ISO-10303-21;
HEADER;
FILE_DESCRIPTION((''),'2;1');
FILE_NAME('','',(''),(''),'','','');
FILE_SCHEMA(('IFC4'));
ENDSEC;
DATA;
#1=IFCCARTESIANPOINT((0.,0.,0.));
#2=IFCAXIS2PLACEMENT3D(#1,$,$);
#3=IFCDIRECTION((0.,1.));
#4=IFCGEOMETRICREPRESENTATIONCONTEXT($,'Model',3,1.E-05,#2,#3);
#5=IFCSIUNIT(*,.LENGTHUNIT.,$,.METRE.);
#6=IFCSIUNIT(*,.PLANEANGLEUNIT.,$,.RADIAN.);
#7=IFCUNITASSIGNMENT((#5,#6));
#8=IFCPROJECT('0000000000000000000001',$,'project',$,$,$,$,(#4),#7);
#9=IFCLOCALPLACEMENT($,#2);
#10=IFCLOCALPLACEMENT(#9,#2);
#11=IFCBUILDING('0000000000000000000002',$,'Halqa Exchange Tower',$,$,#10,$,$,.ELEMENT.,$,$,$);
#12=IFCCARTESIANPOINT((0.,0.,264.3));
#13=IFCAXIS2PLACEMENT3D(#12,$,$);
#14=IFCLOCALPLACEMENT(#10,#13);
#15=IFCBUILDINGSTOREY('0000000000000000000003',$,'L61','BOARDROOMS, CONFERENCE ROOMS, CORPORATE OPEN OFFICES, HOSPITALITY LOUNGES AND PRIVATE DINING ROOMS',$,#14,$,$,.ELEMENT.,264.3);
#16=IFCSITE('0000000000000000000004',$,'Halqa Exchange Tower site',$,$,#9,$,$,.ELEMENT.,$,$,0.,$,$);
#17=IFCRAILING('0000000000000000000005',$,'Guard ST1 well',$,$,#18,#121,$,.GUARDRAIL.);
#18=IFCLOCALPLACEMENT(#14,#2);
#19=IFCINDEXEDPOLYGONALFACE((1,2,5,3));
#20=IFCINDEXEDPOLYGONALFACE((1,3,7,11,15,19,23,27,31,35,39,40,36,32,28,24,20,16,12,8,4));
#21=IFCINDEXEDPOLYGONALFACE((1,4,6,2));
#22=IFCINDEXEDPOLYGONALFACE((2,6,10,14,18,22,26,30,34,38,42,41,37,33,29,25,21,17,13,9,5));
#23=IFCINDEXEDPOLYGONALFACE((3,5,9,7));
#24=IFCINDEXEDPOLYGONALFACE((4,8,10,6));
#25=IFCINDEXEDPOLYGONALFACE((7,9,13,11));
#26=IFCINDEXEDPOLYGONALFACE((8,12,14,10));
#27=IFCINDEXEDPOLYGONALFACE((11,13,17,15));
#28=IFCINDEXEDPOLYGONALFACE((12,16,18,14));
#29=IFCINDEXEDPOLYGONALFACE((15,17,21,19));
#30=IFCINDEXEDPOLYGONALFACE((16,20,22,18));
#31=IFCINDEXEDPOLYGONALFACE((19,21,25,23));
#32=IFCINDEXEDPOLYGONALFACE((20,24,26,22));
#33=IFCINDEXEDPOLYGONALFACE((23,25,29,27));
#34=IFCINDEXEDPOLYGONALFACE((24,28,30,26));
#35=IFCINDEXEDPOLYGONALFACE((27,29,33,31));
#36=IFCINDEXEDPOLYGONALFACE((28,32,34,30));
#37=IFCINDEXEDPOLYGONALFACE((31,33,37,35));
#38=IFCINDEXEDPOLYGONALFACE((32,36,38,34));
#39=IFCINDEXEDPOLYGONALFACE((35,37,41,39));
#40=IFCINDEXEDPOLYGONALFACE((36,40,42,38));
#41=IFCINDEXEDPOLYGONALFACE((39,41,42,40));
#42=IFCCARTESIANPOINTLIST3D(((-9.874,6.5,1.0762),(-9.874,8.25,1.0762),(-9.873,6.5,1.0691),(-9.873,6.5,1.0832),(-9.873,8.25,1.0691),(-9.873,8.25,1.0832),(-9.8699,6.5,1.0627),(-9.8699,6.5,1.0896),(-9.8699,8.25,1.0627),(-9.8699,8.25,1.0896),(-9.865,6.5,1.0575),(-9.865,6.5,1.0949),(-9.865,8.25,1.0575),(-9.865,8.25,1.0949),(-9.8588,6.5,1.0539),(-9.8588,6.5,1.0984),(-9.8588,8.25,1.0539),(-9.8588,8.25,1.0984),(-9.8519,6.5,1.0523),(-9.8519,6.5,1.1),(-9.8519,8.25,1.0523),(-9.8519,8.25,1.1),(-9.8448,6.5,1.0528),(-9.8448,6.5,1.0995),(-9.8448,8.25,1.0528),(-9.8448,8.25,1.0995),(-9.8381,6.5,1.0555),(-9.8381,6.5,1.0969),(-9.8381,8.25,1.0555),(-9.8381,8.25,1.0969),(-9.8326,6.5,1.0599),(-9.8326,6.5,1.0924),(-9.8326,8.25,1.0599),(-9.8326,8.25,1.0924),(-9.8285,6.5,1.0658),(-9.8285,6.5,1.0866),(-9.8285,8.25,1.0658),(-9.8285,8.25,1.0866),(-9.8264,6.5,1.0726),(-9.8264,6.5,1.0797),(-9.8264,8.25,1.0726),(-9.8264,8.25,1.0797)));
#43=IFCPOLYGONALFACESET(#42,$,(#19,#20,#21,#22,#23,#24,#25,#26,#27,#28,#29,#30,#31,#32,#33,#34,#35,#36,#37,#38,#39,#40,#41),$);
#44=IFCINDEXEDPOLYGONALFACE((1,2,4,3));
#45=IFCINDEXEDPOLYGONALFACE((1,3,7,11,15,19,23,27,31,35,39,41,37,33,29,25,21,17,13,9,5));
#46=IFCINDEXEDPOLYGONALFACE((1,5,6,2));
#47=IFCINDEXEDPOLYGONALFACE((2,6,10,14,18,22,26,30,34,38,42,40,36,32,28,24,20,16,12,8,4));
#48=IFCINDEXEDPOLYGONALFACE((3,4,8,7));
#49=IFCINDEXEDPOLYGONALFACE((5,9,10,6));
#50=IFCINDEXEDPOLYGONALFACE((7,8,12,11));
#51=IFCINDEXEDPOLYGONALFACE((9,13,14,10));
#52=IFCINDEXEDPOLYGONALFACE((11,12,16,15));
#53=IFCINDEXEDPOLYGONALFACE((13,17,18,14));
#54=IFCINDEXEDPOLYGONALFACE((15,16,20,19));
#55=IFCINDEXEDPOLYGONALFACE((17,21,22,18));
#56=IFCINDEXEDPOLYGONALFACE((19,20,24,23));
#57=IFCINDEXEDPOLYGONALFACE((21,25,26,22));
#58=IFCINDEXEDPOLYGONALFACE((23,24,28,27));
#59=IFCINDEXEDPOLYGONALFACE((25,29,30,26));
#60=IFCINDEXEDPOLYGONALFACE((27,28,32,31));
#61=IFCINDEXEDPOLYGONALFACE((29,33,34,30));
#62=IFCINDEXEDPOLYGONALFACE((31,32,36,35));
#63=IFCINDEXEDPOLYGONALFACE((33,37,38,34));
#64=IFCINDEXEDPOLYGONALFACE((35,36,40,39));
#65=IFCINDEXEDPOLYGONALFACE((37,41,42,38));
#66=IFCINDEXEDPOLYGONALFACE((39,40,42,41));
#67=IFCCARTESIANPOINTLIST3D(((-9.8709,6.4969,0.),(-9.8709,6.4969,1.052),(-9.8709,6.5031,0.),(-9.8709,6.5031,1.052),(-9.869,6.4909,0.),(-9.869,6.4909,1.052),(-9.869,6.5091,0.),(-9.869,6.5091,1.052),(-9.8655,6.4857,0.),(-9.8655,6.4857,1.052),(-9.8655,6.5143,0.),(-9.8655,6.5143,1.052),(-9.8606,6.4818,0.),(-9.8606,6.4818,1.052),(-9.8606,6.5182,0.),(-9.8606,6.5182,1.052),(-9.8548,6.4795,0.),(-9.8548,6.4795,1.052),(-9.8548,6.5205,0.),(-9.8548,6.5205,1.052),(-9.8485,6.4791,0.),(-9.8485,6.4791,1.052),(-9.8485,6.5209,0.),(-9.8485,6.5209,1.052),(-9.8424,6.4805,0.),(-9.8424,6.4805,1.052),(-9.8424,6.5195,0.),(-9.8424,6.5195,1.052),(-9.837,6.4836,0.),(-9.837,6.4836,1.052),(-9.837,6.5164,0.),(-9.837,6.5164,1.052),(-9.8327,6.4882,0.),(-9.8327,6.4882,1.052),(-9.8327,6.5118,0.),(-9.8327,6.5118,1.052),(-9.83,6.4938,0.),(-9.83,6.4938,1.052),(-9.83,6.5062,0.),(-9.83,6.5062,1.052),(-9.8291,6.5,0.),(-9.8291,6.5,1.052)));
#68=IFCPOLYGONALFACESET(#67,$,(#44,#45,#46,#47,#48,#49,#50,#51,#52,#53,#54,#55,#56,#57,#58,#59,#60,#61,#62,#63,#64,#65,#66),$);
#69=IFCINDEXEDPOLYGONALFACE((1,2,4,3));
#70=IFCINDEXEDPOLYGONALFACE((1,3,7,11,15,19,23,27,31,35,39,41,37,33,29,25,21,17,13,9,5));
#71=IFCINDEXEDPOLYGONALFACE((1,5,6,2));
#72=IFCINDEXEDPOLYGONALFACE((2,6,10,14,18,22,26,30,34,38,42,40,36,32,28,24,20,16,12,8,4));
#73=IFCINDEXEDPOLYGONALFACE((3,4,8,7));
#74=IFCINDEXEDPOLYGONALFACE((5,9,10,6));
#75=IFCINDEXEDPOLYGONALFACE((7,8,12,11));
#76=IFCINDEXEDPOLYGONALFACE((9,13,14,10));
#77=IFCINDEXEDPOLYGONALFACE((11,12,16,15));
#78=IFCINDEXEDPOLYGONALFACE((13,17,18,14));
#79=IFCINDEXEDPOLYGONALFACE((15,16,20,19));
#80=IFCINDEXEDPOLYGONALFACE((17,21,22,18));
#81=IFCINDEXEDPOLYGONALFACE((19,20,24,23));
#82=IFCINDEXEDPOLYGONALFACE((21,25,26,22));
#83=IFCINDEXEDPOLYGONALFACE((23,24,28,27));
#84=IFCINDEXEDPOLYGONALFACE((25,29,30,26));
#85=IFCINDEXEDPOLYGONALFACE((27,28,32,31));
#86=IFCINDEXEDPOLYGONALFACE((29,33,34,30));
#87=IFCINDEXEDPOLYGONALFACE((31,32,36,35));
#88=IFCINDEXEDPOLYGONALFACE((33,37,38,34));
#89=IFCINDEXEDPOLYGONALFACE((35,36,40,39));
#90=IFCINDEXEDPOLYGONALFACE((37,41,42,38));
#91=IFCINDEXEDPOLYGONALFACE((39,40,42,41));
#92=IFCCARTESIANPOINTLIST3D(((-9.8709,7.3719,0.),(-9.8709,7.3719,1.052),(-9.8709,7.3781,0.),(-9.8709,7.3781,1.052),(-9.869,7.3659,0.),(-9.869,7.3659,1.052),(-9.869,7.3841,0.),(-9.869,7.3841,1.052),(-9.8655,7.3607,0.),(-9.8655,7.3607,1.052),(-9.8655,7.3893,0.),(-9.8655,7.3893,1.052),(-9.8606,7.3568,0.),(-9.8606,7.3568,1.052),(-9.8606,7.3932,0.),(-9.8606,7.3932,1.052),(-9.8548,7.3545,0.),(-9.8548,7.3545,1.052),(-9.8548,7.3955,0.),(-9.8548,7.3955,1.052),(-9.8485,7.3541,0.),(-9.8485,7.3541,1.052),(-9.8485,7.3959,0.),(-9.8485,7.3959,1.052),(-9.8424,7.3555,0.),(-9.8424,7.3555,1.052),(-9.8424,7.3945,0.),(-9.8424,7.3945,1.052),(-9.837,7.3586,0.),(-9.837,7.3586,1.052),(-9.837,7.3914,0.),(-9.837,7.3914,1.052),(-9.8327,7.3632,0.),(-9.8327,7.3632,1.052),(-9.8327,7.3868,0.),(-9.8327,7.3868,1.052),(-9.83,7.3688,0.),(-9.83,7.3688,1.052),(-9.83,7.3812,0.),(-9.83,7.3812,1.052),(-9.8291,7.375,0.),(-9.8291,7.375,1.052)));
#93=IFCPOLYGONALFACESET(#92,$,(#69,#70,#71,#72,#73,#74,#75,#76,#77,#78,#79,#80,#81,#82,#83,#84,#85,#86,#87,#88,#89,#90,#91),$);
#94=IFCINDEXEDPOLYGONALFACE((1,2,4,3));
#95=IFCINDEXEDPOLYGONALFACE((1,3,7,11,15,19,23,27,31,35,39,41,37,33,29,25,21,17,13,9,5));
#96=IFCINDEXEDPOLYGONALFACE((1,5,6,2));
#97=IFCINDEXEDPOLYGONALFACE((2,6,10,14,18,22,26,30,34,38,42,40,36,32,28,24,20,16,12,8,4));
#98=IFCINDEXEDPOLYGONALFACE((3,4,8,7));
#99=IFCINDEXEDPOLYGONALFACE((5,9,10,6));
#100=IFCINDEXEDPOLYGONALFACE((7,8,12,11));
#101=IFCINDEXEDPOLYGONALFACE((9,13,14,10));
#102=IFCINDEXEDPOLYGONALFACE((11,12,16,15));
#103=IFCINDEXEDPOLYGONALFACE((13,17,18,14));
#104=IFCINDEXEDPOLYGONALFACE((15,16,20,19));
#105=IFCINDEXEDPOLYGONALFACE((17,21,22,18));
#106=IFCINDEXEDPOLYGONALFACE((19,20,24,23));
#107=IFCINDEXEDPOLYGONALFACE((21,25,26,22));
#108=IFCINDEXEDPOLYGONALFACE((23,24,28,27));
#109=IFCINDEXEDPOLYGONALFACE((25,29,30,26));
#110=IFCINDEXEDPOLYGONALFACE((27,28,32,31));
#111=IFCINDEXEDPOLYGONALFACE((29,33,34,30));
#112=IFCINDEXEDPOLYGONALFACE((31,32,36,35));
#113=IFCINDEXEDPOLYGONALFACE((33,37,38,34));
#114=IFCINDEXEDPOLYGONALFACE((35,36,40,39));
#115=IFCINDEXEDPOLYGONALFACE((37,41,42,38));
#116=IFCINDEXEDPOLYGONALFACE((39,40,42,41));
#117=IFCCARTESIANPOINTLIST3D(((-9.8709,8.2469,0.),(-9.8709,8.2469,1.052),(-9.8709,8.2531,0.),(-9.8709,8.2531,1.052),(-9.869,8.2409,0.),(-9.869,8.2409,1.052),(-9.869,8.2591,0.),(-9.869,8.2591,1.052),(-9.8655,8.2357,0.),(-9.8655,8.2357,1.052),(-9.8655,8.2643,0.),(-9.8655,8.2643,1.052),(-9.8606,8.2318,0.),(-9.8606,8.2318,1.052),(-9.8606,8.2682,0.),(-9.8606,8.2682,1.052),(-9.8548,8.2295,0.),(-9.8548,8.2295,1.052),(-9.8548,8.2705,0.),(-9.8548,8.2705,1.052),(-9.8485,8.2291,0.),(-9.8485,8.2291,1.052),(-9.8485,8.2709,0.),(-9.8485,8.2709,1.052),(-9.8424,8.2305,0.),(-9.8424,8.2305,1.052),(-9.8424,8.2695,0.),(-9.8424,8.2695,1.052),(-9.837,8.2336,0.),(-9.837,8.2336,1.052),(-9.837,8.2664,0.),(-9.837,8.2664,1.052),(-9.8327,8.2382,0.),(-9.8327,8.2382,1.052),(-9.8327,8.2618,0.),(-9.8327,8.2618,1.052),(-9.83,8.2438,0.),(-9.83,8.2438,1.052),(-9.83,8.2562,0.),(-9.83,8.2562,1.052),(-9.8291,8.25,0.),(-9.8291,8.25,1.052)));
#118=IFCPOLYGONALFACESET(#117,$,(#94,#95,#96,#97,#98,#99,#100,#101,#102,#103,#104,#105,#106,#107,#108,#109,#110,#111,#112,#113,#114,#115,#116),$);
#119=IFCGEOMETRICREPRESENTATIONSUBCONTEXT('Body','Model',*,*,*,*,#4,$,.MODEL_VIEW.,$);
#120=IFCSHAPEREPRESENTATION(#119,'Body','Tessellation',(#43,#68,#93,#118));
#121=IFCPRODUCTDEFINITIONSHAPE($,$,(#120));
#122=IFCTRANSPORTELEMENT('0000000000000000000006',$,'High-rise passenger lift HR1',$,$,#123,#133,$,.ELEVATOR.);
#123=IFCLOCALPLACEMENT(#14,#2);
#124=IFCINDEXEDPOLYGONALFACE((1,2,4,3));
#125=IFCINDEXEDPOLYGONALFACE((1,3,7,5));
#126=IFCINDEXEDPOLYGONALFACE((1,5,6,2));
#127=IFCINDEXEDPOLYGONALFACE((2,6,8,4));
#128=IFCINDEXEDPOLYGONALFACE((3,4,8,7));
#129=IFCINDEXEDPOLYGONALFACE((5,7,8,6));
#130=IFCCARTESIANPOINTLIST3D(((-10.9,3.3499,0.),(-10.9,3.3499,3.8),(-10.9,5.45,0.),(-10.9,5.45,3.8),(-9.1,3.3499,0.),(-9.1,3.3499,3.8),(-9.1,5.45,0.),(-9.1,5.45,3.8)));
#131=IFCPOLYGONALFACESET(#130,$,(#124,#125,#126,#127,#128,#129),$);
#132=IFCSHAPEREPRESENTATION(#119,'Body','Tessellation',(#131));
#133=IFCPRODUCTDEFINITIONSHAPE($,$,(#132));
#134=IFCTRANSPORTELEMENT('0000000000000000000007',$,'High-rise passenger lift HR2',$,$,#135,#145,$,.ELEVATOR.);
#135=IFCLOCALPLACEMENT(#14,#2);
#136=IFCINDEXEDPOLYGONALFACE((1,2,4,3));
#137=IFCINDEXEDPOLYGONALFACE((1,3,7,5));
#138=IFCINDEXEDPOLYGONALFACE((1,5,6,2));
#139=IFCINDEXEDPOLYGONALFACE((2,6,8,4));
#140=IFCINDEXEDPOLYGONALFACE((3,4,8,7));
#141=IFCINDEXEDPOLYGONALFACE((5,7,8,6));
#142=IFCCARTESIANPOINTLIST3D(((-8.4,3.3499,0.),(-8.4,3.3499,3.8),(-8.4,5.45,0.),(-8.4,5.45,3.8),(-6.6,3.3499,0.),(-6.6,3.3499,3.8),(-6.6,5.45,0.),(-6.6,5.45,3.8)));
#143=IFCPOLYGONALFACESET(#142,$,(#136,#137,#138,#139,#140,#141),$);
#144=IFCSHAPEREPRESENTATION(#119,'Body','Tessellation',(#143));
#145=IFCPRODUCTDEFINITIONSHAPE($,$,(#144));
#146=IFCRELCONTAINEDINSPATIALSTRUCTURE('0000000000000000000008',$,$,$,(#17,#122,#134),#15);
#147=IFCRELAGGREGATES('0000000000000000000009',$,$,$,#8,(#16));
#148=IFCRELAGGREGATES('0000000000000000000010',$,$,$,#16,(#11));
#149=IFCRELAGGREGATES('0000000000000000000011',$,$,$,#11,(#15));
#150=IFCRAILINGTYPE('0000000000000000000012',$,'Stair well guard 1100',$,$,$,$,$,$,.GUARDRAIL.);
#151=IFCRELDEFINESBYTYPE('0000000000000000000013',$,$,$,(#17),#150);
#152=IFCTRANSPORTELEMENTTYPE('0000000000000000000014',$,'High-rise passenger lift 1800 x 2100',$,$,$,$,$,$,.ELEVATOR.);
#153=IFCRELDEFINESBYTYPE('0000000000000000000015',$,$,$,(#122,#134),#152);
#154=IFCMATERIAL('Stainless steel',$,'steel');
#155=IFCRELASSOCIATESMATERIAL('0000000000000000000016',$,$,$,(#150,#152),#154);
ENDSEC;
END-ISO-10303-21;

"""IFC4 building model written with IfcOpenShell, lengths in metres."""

from ifc_helpers import new_model, si_unit, direction, frame, origin, origin_2d, place, context, subcontext, project, spatial, rectangle, circle, extrude, material, type_object, element, save


model = new_model("IFC4")

# Units and contexts
model_context = context("Model", 3, precision=1e-05, world=origin(), true_north=direction((0.0, 1.0)))
body_context = subcontext(model_context, "Body", "Model", "MODEL_VIEW")
ifc_project = project(units=[si_unit("LENGTHUNIT", "METRE"), si_unit("PLANEANGLEUNIT", "RADIAN")], contexts=[model_context])

# Site, building, storey
site_placement = place(None, origin())
site = spatial("IfcSite", under=ifc_project, at=site_placement, Name="Halqa Exchange Tower site", CompositionType="ELEMENT", RefElevation=0.0)
building_placement = place(site_placement, origin())
building = spatial("IfcBuilding", under=site, at=building_placement, Name="Halqa Exchange Tower", CompositionType="ELEMENT")
storey_placement = place(building_placement, frame((0.0, 0.0, 264.3)))
storey = spatial("IfcBuildingStorey", under=building, at=storey_placement, Name="L61", Description="BOARDROOMS, CONFERENCE ROOMS, CORPORATE OPEN OFFICES, HOSPITALITY LOUNGES AND PRIVATE DINING ROOMS", CompositionType="ELEMENT", Elevation=264.3)

# Shared definitions
ifc_material_1 = material(Name="Stainless steel", Category="steel")

# Railing
railing_type_1 = type_object("IfcRailingType", Name="Stair well guard 1100", PredefinedType="GUARDRAIL", material=ifc_material_1)
railing_1_placement = place(storey_placement, frame((-9.8501, 6.5, 0.0)))
element("IfcRailing", 1, at=railing_1_placement, inside=storey, type_object=railing_type_1, Name="Guard ST1 well", PredefinedType="GUARDRAIL", context=body_context, shape_type="SweptSolid", body=[
    extrude(circle(Radius=0.0239, at=origin_2d()), frame((0.0, 0.0, 1.0762), z_axis=(0.0, 1.0, 0.0), x_axis=(-1.0, 0.0, 0.0)), (0.0, 0.0, 1.0), 1.75),
    extrude(circle(Radius=0.021, at=origin_2d()), origin(), (0.0, 0.0, 1.0), 1.052),
    extrude(circle(Radius=0.021, at=origin_2d()), frame((0.0, 0.875, 0.0)), (0.0, 0.0, 1.0), 1.052),
    extrude(circle(Radius=0.021, at=origin_2d()), frame((0.0, 1.75, 0.0)), (0.0, 0.0, 1.0), 1.052),
])

# Transport elements
transport_element_type = type_object("IfcTransportElementType", Name="High-rise passenger lift 1800 x 2100", PredefinedType="ELEVATOR", material=ifc_material_1)
for number, where, z_axis, x_axis, name in (
    (2, (-10.0, 4.3999, 0.0), (0.0, 0.0, 1.0), (1.0, 0.0, 0.0), "High-rise passenger lift HR1"),
    (3, (-7.5, 4.3999, 0.0), (0.0, 0.0, 1.0), (1.0, 0.0, 0.0), "High-rise passenger lift HR2"),
):
    element("IfcTransportElement", number, at=place(storey_placement, frame(where, z_axis=z_axis, x_axis=x_axis)), inside=storey, type_object=transport_element_type, Name=name, PredefinedType="ELEVATOR", context=body_context, shape_type="SweptSolid", body=[
        extrude(rectangle(XDim=1.8, YDim=2.1001, at=origin_2d()), origin(), (0.0, 0.0, 1.0), 3.8),
    ])

save(model, "model.ifc")
